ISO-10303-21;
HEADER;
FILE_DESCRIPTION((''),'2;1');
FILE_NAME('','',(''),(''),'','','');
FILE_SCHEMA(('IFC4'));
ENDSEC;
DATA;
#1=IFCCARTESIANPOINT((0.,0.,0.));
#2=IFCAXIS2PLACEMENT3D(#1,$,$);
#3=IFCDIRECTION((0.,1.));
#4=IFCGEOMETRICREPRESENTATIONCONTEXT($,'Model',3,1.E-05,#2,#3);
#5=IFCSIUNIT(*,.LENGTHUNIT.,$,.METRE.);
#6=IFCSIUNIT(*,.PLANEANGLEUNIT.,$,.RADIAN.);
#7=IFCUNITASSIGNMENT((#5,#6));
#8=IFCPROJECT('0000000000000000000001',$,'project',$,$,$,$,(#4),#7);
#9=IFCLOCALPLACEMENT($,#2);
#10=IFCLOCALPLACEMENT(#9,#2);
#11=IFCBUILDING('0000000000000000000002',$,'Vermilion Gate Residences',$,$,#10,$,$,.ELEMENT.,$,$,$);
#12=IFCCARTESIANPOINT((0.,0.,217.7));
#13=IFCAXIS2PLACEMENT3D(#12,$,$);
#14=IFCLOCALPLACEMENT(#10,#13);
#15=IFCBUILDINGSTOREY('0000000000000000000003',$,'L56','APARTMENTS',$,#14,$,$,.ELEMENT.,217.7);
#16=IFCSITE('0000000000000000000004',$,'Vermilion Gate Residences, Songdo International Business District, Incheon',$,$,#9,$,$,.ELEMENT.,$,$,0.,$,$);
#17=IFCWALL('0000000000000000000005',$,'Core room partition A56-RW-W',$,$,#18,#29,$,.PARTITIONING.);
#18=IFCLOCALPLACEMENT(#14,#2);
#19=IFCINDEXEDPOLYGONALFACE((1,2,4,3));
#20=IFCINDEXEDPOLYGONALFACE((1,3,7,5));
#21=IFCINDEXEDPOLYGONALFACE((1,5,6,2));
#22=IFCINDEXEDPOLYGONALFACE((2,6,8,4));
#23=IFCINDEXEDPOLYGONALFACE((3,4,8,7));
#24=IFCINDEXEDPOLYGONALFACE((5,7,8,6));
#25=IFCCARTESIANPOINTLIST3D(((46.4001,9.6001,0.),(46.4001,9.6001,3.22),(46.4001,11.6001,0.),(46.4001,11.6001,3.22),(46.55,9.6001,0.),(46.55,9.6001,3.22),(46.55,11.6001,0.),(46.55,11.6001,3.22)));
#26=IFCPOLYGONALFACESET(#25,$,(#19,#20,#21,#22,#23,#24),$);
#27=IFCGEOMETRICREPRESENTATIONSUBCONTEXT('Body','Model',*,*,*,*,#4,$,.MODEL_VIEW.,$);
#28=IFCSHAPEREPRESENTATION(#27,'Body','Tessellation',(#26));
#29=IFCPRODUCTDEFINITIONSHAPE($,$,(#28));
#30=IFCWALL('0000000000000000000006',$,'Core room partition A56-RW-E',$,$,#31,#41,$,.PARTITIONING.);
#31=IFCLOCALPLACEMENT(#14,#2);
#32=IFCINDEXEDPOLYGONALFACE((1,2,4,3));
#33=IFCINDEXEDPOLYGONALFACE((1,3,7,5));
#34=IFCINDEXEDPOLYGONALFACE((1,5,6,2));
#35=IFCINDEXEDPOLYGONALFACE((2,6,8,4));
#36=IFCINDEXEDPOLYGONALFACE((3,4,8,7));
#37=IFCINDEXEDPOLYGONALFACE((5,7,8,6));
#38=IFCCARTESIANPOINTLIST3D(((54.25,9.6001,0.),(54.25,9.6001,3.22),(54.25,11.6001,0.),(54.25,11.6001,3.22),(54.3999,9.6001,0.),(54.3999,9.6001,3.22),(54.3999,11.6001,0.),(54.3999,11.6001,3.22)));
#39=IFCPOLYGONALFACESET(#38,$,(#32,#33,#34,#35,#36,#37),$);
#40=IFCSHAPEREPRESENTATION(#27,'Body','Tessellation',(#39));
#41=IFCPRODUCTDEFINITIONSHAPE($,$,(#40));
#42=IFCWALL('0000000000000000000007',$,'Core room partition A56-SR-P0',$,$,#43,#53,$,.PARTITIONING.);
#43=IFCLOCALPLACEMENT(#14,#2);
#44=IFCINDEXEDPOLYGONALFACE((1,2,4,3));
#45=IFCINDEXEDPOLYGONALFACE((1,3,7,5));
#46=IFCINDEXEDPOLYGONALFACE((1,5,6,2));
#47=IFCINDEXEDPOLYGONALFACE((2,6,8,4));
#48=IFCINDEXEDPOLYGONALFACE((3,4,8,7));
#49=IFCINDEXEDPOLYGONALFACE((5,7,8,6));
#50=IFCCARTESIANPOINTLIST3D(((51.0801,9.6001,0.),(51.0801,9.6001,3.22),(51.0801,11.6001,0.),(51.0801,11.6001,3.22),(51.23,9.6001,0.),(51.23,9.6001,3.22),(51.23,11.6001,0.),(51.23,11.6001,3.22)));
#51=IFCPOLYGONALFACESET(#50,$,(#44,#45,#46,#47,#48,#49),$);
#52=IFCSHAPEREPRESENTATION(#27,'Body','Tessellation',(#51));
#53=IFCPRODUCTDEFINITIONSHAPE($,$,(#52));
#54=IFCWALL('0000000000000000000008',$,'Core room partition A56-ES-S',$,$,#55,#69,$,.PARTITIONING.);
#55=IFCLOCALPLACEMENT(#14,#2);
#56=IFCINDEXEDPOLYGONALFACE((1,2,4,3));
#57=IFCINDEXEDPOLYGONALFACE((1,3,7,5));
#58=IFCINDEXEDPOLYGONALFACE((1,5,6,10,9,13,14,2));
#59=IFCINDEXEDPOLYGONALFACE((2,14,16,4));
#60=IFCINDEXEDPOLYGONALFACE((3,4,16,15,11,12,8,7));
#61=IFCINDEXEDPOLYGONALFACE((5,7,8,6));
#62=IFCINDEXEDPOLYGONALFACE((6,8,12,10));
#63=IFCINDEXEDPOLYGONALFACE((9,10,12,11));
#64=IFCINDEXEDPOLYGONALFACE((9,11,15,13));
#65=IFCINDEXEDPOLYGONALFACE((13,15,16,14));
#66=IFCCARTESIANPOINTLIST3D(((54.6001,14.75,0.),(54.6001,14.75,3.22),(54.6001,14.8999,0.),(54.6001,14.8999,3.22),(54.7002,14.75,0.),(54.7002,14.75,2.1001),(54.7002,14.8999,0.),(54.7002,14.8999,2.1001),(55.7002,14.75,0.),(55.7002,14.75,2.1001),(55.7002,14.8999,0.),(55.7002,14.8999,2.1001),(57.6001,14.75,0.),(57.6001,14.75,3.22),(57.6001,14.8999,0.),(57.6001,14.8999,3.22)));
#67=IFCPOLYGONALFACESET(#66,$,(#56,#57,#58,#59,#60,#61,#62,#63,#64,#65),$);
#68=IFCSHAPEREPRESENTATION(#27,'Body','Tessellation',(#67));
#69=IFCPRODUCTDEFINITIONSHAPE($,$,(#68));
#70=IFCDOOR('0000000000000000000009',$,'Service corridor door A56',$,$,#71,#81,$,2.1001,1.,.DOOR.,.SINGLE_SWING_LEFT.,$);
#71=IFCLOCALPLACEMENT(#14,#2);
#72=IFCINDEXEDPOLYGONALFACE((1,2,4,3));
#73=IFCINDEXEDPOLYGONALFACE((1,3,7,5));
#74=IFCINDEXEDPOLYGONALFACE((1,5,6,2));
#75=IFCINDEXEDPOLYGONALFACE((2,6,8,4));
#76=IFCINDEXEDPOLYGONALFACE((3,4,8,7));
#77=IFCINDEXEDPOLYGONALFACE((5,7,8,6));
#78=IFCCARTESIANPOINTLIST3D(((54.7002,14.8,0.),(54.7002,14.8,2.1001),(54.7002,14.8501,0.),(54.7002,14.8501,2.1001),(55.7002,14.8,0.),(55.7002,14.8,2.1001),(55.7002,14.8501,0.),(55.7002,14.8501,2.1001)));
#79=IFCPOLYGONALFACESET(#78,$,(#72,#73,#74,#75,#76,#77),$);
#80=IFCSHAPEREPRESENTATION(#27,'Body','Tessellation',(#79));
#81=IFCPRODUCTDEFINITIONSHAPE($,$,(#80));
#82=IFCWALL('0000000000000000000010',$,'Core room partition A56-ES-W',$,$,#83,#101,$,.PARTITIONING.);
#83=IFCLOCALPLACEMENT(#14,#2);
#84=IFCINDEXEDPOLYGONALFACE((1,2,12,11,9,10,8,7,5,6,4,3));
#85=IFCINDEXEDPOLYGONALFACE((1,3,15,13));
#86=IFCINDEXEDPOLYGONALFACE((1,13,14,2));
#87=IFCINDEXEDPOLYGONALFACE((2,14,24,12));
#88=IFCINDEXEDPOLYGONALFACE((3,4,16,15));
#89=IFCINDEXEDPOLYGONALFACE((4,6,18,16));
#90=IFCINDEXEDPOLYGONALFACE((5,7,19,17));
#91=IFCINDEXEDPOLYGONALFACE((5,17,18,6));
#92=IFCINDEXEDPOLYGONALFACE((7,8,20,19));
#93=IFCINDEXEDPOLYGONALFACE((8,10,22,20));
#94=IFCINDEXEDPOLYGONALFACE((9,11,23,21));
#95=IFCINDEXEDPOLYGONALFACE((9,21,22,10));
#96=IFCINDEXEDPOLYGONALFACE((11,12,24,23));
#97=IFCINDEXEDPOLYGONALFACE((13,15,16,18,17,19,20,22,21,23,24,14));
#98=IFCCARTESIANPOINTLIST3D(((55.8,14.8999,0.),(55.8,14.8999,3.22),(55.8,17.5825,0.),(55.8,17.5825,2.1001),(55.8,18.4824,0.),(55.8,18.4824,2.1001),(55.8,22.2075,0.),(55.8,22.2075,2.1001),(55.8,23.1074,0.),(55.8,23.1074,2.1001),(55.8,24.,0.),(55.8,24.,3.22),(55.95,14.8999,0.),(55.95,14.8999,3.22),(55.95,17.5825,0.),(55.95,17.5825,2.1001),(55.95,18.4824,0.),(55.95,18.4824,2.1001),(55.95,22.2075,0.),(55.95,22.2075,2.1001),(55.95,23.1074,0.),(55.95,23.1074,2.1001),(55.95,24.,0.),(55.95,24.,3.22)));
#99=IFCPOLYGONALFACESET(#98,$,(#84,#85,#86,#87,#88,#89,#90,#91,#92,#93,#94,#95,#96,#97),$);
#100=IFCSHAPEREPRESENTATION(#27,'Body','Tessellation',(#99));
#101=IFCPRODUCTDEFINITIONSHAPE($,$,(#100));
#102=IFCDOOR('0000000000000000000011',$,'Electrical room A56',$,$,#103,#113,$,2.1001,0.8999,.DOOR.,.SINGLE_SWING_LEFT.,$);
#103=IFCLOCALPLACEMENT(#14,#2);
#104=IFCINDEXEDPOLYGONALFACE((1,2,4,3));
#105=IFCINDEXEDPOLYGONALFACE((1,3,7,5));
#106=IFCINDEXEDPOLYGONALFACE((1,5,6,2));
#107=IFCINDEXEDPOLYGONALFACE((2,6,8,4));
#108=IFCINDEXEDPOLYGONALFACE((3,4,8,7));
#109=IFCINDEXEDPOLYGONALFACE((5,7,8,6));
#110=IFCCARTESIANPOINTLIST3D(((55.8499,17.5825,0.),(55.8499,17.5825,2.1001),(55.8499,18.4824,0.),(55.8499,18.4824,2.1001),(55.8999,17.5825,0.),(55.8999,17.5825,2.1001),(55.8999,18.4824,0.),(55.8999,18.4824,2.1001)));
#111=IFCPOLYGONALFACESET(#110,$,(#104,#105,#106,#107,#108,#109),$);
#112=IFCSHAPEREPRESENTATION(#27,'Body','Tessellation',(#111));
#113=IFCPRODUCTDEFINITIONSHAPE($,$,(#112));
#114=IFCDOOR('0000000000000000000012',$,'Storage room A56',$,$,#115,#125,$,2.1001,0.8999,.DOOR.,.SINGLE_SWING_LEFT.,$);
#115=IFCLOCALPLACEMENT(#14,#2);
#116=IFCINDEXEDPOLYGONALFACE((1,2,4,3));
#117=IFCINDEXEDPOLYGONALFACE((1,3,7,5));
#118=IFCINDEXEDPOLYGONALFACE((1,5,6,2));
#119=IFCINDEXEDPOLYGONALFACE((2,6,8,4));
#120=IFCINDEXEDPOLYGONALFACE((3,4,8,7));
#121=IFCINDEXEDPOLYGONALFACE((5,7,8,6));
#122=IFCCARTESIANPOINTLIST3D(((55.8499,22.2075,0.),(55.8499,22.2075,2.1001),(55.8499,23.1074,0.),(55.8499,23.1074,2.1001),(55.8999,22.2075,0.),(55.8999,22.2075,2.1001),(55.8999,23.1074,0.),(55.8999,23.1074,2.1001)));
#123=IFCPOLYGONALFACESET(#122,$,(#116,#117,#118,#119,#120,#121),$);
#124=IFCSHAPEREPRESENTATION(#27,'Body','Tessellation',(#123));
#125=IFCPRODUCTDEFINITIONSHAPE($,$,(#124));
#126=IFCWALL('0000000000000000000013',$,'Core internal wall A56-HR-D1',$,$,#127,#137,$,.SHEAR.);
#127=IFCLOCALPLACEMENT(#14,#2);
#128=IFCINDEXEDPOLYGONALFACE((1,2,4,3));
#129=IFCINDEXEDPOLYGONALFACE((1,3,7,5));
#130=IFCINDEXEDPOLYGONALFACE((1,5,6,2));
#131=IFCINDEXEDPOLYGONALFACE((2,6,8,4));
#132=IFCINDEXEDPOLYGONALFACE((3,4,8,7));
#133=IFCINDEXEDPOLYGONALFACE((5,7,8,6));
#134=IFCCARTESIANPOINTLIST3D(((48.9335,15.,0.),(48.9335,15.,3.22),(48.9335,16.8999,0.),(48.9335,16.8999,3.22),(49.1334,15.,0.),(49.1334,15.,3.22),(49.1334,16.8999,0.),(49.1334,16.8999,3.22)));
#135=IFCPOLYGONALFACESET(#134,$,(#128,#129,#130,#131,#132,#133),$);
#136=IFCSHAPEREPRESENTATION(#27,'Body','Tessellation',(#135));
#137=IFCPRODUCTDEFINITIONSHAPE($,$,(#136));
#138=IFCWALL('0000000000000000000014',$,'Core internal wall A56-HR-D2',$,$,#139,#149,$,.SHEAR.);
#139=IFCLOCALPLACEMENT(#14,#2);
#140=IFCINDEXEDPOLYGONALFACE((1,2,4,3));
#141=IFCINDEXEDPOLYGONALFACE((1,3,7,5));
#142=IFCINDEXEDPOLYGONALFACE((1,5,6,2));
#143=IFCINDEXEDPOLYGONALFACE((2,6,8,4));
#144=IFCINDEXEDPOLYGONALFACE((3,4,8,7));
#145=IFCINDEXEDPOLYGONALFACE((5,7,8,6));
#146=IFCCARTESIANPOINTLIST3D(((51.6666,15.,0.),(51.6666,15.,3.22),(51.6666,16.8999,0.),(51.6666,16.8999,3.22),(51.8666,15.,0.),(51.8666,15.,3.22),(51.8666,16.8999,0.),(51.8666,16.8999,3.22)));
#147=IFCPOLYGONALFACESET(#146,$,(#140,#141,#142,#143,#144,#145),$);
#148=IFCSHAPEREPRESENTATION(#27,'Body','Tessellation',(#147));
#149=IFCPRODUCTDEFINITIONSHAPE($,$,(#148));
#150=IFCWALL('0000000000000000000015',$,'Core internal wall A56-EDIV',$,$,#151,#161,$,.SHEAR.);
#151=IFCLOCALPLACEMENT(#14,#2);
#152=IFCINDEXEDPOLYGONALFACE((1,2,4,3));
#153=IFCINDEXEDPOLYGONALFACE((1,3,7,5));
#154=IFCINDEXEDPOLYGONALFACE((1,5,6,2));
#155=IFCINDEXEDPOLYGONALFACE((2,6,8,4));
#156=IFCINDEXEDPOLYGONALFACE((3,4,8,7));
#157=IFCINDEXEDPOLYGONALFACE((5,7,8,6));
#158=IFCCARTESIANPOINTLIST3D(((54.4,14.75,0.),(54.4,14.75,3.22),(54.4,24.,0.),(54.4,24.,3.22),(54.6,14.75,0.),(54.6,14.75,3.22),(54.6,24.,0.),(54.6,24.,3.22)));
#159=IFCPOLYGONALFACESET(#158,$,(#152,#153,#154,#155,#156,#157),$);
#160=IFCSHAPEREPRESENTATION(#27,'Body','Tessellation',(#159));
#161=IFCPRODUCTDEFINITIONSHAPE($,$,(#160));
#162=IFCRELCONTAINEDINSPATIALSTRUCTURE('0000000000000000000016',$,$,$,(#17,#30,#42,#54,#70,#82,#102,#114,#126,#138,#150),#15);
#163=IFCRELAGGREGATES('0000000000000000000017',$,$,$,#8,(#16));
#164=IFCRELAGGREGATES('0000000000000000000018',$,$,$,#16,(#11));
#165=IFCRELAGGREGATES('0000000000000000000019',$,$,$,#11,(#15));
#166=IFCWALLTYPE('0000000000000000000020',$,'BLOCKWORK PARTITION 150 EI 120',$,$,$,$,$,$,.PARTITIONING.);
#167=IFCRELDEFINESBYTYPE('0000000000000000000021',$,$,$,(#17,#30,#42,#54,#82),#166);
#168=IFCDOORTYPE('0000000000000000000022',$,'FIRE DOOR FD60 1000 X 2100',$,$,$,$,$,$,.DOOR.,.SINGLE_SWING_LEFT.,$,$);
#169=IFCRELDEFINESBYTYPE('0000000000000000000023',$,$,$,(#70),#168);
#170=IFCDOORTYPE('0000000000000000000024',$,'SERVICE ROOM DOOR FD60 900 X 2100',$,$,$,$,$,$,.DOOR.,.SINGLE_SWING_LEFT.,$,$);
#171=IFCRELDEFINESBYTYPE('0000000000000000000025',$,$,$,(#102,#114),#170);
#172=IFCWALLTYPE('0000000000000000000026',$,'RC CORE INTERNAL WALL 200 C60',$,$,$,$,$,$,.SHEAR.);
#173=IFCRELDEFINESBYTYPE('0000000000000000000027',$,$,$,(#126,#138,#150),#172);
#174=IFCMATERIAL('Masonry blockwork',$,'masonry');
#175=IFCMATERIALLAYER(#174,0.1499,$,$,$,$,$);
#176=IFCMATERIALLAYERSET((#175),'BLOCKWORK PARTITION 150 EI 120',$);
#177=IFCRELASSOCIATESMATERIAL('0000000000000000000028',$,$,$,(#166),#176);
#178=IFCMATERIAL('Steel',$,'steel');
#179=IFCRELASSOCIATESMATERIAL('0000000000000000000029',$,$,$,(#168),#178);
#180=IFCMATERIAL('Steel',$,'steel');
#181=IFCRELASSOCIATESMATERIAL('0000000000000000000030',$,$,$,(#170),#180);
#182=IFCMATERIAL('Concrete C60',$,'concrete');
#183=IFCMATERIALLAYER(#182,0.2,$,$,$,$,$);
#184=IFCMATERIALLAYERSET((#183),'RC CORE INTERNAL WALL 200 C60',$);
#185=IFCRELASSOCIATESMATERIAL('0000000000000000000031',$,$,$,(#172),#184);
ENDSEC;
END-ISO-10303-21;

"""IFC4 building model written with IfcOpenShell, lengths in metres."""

from ifc_helpers import new_model, si_unit, direction, frame, frame_2d, origin, place, context, subcontext, project, spatial, rectangle, extrude, material, layer, layer_set, type_object, element, fill, save


model = new_model("IFC4")

# Units and contexts
model_context = context("Model", 3, precision=1e-05, world=origin(), true_north=direction((0.0, 1.0)))
body_context = subcontext(model_context, "Body", "Model", "MODEL_VIEW")
ifc_project = project(units=[si_unit("LENGTHUNIT", "METRE"), si_unit("PLANEANGLEUNIT", "RADIAN")], contexts=[model_context])

# Site, building, storey
site_placement = place(None, origin())
site = spatial("IfcSite", under=ifc_project, at=site_placement, Name="Vermilion Gate Residences, Songdo International Business District, Incheon", CompositionType="ELEMENT", RefElevation=0.0)
building_placement = place(site_placement, origin())
building = spatial("IfcBuilding", under=site, at=building_placement, Name="Vermilion Gate Residences", CompositionType="ELEMENT")
storey_placement = place(building_placement, frame((0.0, 0.0, 217.7)))
storey = spatial("IfcBuildingStorey", under=building, at=storey_placement, Name="L56", Description="APARTMENTS", CompositionType="ELEMENT", Elevation=217.7)

# Walls
ifc_material_1 = material(Name="Masonry blockwork", Category="masonry")
ifc_layer_1 = layer(ifc_material_1, 0.1499)
ifc_layer_set_1 = layer_set([ifc_layer_1], Name="BLOCKWORK PARTITION 150 EI 120")
wall_type_1 = type_object("IfcWallType", Name="BLOCKWORK PARTITION 150 EI 120", PredefinedType="PARTITIONING", material=ifc_layer_set_1)
for number, where, z_axis, x_axis, name in (
    (1, (46.4751, 9.6001, 0.0), (0.0, 0.0, 1.0), (0.0, 1.0, 0.0), "Core room partition A56-RW-W"),
    (2, (54.325, 9.6001, 0.0), (0.0, 0.0, 1.0), (0.0, 1.0, 0.0), "Core room partition A56-RW-E"),
    (3, (51.155, 9.6001, 0.0), (0.0, 0.0, 1.0), (0.0, 1.0, 0.0), "Core room partition A56-SR-P0"),
):
    element("IfcWall", number, at=place(storey_placement, frame(where, z_axis=z_axis, x_axis=x_axis)), inside=storey, type_object=wall_type_1, Name=name, PredefinedType="PARTITIONING", context=body_context, shape_type="SweptSolid", body=[
        extrude(rectangle(XDim=2.0, YDim=0.1499, at=frame_2d((1.0, 0.0))), origin(), (0.0, 0.0, 1.0), 3.22),
    ])

# Wall, opening, door
wall_1_placement = place(storey_placement, frame((54.6001, 14.825, 0.0), z_axis=(0.0, 0.0, 1.0), x_axis=(1.0, 0.0, 0.0)))
wall_1 = element("IfcWall", 4, at=wall_1_placement, inside=storey, type_object=wall_type_1, Name="Core room partition A56-ES-S", PredefinedType="PARTITIONING", context=body_context, shape_type="SweptSolid", body=[
    extrude(rectangle(XDim=3.0, YDim=0.1499, at=frame_2d((1.5, 0.0))), origin(), (0.0, 0.0, 1.0), 3.22),
])
opening_1_placement = place(wall_1_placement, frame((0.1001, 0.0, 0.0)))
opening_1 = element("IfcOpeningElement", 5, at=opening_1_placement, cuts=wall_1, PredefinedType="OPENING", context=body_context, shape_type="SweptSolid", body=[
    extrude(rectangle(XDim=1.0, YDim=2.1001, at=frame_2d((0.5, 1.05))), frame((0.0, 0.085, 0.0), z_axis=(0.0, -1.0, 0.0), x_axis=(1.0, 0.0, 0.0)), (0.0, 0.0, 1.0), 0.1699),
])
ifc_material_2 = material(Name="Steel", Category="steel")
door_type_1 = type_object("IfcDoorType", Name="FIRE DOOR FD60 1000 X 2100", OperationType="SINGLE_SWING_LEFT", PredefinedType="DOOR", material=ifc_material_2)
door_1_placement = place(opening_1_placement, frame((1.0, 0.0, 0.0), z_axis=(0.0, 0.0, 1.0), x_axis=(-1.0, 0.0, 0.0)))
door_1 = element("IfcDoor", 6, at=door_1_placement, inside=storey, type_object=door_type_1, Name="Service corridor door A56", OperationType="SINGLE_SWING_LEFT", OverallHeight=2.1001, OverallWidth=1.0, PredefinedType="DOOR", context=body_context, shape_type="SweptSolid", body=[
    extrude(rectangle(XDim=1.0, YDim=2.1001, at=frame_2d((0.5, 1.05))), frame((0.0, 0.0249, 0.0), z_axis=(0.0, -1.0, 0.0), x_axis=(1.0, 0.0, 0.0)), (0.0, 0.0, 1.0), 0.05),
])
fill(opening_1, door_1)

# Wall, openings, doors
wall_2_placement = place(storey_placement, frame((55.875, 14.8999, 0.0), z_axis=(0.0, 0.0, 1.0), x_axis=(0.0, 1.0, 0.0)))
wall_2 = element("IfcWall", 7, at=wall_2_placement, inside=storey, type_object=wall_type_1, Name="Core room partition A56-ES-W", PredefinedType="PARTITIONING", context=body_context, shape_type="SweptSolid", body=[
    extrude(rectangle(XDim=9.1001, YDim=0.1499, at=frame_2d((4.55, 0.0))), origin(), (0.0, 0.0, 1.0), 3.22),
])
opening_2_placement = place(wall_2_placement, frame((2.6826, 0.0, 0.0)))
opening_2 = element("IfcOpeningElement", 8, at=opening_2_placement, cuts=wall_2, PredefinedType="OPENING", context=body_context, shape_type="SweptSolid", body=[
    extrude(rectangle(XDim=0.8999, YDim=2.1001, at=frame_2d((0.45, 1.05))), frame((0.0, 0.085, 0.0), z_axis=(0.0, -1.0, 0.0), x_axis=(1.0, 0.0, 0.0)), (0.0, 0.0, 1.0), 0.1699),
])
opening_3_placement = place(wall_2_placement, frame((7.3076, 0.0, 0.0)))
opening_3 = element("IfcOpeningElement", 9, at=opening_3_placement, cuts=wall_2, PredefinedType="OPENING", context=body_context, shape_type="SweptSolid", body=[
    extrude(rectangle(XDim=0.8999, YDim=2.1001, at=frame_2d((0.45, 1.05))), frame((0.0, 0.085, 0.0), z_axis=(0.0, -1.0, 0.0), x_axis=(1.0, 0.0, 0.0)), (0.0, 0.0, 1.0), 0.1699),
])
ifc_material_3 = material(Name="Steel", Category="steel")
door_type_2 = type_object("IfcDoorType", Name="SERVICE ROOM DOOR FD60 900 X 2100", OperationType="SINGLE_SWING_LEFT", PredefinedType="DOOR", material=ifc_material_3)
door_2_placement = place(opening_2_placement, frame((0.8999, 0.0, 0.0), z_axis=(0.0, 0.0, 1.0), x_axis=(-1.0, 0.0, 0.0)))
door_2 = element("IfcDoor", 10, at=door_2_placement, inside=storey, type_object=door_type_2, Name="Electrical room A56", OperationType="SINGLE_SWING_LEFT", OverallHeight=2.1001, OverallWidth=0.8999, PredefinedType="DOOR", context=body_context, shape_type="SweptSolid", body=[
    extrude(rectangle(XDim=0.8999, YDim=2.1001, at=frame_2d((0.45, 1.05))), frame((0.0, 0.0249, 0.0), z_axis=(0.0, -1.0, 0.0), x_axis=(1.0, 0.0, 0.0)), (0.0, 0.0, 1.0), 0.05),
])
fill(opening_2, door_2)
door_3_placement = place(opening_3_placement, frame((0.8999, 0.0, 0.0), z_axis=(0.0, 0.0, 1.0), x_axis=(-1.0, 0.0, 0.0)))
door_3 = element("IfcDoor", 11, at=door_3_placement, inside=storey, type_object=door_type_2, Name="Storage room A56", OperationType="SINGLE_SWING_LEFT", OverallHeight=2.1001, OverallWidth=0.8999, PredefinedType="DOOR", context=body_context, shape_type="SweptSolid", body=[
    extrude(rectangle(XDim=0.8999, YDim=2.1001, at=frame_2d((0.45, 1.05))), frame((0.0, 0.0249, 0.0), z_axis=(0.0, -1.0, 0.0), x_axis=(1.0, 0.0, 0.0)), (0.0, 0.0, 1.0), 0.05),
])
fill(opening_3, door_3)

# Walls
ifc_material_4 = material(Name="Concrete C60", Category="concrete")
ifc_layer_2 = layer(ifc_material_4, 0.2)
ifc_layer_set_2 = layer_set([ifc_layer_2], Name="RC CORE INTERNAL WALL 200 C60")
wall_type_2 = type_object("IfcWallType", Name="RC CORE INTERNAL WALL 200 C60", PredefinedType="SHEAR", material=ifc_layer_set_2)
for number, where, z_axis, x_axis, name in (
    (12, (49.0334, 15.0, 0.0), (0.0, 0.0, 1.0), (0.0, 1.0, 0.0), "Core internal wall A56-HR-D1"),
    (13, (51.7666, 15.0, 0.0), (0.0, 0.0, 1.0), (0.0, 1.0, 0.0), "Core internal wall A56-HR-D2"),
):
    element("IfcWall", number, at=place(storey_placement, frame(where, z_axis=z_axis, x_axis=x_axis)), inside=storey, type_object=wall_type_2, Name=name, PredefinedType="SHEAR", context=body_context, shape_type="SweptSolid", body=[
        extrude(rectangle(XDim=1.8999, YDim=0.2, at=frame_2d((0.95, 0.0))), origin(), (0.0, 0.0, 1.0), 3.22),
    ])
wall_3_placement = place(storey_placement, frame((54.5, 14.75, 0.0), z_axis=(0.0, 0.0, 1.0), x_axis=(0.0, 1.0, 0.0)))
element("IfcWall", 14, at=wall_3_placement, inside=storey, type_object=wall_type_2, Name="Core internal wall A56-EDIV", PredefinedType="SHEAR", context=body_context, shape_type="SweptSolid", body=[
    extrude(rectangle(XDim=9.25, YDim=0.2, at=frame_2d((4.625, 0.0))), origin(), (0.0, 0.0, 1.0), 3.22),
])

save(model, "model.ifc")
